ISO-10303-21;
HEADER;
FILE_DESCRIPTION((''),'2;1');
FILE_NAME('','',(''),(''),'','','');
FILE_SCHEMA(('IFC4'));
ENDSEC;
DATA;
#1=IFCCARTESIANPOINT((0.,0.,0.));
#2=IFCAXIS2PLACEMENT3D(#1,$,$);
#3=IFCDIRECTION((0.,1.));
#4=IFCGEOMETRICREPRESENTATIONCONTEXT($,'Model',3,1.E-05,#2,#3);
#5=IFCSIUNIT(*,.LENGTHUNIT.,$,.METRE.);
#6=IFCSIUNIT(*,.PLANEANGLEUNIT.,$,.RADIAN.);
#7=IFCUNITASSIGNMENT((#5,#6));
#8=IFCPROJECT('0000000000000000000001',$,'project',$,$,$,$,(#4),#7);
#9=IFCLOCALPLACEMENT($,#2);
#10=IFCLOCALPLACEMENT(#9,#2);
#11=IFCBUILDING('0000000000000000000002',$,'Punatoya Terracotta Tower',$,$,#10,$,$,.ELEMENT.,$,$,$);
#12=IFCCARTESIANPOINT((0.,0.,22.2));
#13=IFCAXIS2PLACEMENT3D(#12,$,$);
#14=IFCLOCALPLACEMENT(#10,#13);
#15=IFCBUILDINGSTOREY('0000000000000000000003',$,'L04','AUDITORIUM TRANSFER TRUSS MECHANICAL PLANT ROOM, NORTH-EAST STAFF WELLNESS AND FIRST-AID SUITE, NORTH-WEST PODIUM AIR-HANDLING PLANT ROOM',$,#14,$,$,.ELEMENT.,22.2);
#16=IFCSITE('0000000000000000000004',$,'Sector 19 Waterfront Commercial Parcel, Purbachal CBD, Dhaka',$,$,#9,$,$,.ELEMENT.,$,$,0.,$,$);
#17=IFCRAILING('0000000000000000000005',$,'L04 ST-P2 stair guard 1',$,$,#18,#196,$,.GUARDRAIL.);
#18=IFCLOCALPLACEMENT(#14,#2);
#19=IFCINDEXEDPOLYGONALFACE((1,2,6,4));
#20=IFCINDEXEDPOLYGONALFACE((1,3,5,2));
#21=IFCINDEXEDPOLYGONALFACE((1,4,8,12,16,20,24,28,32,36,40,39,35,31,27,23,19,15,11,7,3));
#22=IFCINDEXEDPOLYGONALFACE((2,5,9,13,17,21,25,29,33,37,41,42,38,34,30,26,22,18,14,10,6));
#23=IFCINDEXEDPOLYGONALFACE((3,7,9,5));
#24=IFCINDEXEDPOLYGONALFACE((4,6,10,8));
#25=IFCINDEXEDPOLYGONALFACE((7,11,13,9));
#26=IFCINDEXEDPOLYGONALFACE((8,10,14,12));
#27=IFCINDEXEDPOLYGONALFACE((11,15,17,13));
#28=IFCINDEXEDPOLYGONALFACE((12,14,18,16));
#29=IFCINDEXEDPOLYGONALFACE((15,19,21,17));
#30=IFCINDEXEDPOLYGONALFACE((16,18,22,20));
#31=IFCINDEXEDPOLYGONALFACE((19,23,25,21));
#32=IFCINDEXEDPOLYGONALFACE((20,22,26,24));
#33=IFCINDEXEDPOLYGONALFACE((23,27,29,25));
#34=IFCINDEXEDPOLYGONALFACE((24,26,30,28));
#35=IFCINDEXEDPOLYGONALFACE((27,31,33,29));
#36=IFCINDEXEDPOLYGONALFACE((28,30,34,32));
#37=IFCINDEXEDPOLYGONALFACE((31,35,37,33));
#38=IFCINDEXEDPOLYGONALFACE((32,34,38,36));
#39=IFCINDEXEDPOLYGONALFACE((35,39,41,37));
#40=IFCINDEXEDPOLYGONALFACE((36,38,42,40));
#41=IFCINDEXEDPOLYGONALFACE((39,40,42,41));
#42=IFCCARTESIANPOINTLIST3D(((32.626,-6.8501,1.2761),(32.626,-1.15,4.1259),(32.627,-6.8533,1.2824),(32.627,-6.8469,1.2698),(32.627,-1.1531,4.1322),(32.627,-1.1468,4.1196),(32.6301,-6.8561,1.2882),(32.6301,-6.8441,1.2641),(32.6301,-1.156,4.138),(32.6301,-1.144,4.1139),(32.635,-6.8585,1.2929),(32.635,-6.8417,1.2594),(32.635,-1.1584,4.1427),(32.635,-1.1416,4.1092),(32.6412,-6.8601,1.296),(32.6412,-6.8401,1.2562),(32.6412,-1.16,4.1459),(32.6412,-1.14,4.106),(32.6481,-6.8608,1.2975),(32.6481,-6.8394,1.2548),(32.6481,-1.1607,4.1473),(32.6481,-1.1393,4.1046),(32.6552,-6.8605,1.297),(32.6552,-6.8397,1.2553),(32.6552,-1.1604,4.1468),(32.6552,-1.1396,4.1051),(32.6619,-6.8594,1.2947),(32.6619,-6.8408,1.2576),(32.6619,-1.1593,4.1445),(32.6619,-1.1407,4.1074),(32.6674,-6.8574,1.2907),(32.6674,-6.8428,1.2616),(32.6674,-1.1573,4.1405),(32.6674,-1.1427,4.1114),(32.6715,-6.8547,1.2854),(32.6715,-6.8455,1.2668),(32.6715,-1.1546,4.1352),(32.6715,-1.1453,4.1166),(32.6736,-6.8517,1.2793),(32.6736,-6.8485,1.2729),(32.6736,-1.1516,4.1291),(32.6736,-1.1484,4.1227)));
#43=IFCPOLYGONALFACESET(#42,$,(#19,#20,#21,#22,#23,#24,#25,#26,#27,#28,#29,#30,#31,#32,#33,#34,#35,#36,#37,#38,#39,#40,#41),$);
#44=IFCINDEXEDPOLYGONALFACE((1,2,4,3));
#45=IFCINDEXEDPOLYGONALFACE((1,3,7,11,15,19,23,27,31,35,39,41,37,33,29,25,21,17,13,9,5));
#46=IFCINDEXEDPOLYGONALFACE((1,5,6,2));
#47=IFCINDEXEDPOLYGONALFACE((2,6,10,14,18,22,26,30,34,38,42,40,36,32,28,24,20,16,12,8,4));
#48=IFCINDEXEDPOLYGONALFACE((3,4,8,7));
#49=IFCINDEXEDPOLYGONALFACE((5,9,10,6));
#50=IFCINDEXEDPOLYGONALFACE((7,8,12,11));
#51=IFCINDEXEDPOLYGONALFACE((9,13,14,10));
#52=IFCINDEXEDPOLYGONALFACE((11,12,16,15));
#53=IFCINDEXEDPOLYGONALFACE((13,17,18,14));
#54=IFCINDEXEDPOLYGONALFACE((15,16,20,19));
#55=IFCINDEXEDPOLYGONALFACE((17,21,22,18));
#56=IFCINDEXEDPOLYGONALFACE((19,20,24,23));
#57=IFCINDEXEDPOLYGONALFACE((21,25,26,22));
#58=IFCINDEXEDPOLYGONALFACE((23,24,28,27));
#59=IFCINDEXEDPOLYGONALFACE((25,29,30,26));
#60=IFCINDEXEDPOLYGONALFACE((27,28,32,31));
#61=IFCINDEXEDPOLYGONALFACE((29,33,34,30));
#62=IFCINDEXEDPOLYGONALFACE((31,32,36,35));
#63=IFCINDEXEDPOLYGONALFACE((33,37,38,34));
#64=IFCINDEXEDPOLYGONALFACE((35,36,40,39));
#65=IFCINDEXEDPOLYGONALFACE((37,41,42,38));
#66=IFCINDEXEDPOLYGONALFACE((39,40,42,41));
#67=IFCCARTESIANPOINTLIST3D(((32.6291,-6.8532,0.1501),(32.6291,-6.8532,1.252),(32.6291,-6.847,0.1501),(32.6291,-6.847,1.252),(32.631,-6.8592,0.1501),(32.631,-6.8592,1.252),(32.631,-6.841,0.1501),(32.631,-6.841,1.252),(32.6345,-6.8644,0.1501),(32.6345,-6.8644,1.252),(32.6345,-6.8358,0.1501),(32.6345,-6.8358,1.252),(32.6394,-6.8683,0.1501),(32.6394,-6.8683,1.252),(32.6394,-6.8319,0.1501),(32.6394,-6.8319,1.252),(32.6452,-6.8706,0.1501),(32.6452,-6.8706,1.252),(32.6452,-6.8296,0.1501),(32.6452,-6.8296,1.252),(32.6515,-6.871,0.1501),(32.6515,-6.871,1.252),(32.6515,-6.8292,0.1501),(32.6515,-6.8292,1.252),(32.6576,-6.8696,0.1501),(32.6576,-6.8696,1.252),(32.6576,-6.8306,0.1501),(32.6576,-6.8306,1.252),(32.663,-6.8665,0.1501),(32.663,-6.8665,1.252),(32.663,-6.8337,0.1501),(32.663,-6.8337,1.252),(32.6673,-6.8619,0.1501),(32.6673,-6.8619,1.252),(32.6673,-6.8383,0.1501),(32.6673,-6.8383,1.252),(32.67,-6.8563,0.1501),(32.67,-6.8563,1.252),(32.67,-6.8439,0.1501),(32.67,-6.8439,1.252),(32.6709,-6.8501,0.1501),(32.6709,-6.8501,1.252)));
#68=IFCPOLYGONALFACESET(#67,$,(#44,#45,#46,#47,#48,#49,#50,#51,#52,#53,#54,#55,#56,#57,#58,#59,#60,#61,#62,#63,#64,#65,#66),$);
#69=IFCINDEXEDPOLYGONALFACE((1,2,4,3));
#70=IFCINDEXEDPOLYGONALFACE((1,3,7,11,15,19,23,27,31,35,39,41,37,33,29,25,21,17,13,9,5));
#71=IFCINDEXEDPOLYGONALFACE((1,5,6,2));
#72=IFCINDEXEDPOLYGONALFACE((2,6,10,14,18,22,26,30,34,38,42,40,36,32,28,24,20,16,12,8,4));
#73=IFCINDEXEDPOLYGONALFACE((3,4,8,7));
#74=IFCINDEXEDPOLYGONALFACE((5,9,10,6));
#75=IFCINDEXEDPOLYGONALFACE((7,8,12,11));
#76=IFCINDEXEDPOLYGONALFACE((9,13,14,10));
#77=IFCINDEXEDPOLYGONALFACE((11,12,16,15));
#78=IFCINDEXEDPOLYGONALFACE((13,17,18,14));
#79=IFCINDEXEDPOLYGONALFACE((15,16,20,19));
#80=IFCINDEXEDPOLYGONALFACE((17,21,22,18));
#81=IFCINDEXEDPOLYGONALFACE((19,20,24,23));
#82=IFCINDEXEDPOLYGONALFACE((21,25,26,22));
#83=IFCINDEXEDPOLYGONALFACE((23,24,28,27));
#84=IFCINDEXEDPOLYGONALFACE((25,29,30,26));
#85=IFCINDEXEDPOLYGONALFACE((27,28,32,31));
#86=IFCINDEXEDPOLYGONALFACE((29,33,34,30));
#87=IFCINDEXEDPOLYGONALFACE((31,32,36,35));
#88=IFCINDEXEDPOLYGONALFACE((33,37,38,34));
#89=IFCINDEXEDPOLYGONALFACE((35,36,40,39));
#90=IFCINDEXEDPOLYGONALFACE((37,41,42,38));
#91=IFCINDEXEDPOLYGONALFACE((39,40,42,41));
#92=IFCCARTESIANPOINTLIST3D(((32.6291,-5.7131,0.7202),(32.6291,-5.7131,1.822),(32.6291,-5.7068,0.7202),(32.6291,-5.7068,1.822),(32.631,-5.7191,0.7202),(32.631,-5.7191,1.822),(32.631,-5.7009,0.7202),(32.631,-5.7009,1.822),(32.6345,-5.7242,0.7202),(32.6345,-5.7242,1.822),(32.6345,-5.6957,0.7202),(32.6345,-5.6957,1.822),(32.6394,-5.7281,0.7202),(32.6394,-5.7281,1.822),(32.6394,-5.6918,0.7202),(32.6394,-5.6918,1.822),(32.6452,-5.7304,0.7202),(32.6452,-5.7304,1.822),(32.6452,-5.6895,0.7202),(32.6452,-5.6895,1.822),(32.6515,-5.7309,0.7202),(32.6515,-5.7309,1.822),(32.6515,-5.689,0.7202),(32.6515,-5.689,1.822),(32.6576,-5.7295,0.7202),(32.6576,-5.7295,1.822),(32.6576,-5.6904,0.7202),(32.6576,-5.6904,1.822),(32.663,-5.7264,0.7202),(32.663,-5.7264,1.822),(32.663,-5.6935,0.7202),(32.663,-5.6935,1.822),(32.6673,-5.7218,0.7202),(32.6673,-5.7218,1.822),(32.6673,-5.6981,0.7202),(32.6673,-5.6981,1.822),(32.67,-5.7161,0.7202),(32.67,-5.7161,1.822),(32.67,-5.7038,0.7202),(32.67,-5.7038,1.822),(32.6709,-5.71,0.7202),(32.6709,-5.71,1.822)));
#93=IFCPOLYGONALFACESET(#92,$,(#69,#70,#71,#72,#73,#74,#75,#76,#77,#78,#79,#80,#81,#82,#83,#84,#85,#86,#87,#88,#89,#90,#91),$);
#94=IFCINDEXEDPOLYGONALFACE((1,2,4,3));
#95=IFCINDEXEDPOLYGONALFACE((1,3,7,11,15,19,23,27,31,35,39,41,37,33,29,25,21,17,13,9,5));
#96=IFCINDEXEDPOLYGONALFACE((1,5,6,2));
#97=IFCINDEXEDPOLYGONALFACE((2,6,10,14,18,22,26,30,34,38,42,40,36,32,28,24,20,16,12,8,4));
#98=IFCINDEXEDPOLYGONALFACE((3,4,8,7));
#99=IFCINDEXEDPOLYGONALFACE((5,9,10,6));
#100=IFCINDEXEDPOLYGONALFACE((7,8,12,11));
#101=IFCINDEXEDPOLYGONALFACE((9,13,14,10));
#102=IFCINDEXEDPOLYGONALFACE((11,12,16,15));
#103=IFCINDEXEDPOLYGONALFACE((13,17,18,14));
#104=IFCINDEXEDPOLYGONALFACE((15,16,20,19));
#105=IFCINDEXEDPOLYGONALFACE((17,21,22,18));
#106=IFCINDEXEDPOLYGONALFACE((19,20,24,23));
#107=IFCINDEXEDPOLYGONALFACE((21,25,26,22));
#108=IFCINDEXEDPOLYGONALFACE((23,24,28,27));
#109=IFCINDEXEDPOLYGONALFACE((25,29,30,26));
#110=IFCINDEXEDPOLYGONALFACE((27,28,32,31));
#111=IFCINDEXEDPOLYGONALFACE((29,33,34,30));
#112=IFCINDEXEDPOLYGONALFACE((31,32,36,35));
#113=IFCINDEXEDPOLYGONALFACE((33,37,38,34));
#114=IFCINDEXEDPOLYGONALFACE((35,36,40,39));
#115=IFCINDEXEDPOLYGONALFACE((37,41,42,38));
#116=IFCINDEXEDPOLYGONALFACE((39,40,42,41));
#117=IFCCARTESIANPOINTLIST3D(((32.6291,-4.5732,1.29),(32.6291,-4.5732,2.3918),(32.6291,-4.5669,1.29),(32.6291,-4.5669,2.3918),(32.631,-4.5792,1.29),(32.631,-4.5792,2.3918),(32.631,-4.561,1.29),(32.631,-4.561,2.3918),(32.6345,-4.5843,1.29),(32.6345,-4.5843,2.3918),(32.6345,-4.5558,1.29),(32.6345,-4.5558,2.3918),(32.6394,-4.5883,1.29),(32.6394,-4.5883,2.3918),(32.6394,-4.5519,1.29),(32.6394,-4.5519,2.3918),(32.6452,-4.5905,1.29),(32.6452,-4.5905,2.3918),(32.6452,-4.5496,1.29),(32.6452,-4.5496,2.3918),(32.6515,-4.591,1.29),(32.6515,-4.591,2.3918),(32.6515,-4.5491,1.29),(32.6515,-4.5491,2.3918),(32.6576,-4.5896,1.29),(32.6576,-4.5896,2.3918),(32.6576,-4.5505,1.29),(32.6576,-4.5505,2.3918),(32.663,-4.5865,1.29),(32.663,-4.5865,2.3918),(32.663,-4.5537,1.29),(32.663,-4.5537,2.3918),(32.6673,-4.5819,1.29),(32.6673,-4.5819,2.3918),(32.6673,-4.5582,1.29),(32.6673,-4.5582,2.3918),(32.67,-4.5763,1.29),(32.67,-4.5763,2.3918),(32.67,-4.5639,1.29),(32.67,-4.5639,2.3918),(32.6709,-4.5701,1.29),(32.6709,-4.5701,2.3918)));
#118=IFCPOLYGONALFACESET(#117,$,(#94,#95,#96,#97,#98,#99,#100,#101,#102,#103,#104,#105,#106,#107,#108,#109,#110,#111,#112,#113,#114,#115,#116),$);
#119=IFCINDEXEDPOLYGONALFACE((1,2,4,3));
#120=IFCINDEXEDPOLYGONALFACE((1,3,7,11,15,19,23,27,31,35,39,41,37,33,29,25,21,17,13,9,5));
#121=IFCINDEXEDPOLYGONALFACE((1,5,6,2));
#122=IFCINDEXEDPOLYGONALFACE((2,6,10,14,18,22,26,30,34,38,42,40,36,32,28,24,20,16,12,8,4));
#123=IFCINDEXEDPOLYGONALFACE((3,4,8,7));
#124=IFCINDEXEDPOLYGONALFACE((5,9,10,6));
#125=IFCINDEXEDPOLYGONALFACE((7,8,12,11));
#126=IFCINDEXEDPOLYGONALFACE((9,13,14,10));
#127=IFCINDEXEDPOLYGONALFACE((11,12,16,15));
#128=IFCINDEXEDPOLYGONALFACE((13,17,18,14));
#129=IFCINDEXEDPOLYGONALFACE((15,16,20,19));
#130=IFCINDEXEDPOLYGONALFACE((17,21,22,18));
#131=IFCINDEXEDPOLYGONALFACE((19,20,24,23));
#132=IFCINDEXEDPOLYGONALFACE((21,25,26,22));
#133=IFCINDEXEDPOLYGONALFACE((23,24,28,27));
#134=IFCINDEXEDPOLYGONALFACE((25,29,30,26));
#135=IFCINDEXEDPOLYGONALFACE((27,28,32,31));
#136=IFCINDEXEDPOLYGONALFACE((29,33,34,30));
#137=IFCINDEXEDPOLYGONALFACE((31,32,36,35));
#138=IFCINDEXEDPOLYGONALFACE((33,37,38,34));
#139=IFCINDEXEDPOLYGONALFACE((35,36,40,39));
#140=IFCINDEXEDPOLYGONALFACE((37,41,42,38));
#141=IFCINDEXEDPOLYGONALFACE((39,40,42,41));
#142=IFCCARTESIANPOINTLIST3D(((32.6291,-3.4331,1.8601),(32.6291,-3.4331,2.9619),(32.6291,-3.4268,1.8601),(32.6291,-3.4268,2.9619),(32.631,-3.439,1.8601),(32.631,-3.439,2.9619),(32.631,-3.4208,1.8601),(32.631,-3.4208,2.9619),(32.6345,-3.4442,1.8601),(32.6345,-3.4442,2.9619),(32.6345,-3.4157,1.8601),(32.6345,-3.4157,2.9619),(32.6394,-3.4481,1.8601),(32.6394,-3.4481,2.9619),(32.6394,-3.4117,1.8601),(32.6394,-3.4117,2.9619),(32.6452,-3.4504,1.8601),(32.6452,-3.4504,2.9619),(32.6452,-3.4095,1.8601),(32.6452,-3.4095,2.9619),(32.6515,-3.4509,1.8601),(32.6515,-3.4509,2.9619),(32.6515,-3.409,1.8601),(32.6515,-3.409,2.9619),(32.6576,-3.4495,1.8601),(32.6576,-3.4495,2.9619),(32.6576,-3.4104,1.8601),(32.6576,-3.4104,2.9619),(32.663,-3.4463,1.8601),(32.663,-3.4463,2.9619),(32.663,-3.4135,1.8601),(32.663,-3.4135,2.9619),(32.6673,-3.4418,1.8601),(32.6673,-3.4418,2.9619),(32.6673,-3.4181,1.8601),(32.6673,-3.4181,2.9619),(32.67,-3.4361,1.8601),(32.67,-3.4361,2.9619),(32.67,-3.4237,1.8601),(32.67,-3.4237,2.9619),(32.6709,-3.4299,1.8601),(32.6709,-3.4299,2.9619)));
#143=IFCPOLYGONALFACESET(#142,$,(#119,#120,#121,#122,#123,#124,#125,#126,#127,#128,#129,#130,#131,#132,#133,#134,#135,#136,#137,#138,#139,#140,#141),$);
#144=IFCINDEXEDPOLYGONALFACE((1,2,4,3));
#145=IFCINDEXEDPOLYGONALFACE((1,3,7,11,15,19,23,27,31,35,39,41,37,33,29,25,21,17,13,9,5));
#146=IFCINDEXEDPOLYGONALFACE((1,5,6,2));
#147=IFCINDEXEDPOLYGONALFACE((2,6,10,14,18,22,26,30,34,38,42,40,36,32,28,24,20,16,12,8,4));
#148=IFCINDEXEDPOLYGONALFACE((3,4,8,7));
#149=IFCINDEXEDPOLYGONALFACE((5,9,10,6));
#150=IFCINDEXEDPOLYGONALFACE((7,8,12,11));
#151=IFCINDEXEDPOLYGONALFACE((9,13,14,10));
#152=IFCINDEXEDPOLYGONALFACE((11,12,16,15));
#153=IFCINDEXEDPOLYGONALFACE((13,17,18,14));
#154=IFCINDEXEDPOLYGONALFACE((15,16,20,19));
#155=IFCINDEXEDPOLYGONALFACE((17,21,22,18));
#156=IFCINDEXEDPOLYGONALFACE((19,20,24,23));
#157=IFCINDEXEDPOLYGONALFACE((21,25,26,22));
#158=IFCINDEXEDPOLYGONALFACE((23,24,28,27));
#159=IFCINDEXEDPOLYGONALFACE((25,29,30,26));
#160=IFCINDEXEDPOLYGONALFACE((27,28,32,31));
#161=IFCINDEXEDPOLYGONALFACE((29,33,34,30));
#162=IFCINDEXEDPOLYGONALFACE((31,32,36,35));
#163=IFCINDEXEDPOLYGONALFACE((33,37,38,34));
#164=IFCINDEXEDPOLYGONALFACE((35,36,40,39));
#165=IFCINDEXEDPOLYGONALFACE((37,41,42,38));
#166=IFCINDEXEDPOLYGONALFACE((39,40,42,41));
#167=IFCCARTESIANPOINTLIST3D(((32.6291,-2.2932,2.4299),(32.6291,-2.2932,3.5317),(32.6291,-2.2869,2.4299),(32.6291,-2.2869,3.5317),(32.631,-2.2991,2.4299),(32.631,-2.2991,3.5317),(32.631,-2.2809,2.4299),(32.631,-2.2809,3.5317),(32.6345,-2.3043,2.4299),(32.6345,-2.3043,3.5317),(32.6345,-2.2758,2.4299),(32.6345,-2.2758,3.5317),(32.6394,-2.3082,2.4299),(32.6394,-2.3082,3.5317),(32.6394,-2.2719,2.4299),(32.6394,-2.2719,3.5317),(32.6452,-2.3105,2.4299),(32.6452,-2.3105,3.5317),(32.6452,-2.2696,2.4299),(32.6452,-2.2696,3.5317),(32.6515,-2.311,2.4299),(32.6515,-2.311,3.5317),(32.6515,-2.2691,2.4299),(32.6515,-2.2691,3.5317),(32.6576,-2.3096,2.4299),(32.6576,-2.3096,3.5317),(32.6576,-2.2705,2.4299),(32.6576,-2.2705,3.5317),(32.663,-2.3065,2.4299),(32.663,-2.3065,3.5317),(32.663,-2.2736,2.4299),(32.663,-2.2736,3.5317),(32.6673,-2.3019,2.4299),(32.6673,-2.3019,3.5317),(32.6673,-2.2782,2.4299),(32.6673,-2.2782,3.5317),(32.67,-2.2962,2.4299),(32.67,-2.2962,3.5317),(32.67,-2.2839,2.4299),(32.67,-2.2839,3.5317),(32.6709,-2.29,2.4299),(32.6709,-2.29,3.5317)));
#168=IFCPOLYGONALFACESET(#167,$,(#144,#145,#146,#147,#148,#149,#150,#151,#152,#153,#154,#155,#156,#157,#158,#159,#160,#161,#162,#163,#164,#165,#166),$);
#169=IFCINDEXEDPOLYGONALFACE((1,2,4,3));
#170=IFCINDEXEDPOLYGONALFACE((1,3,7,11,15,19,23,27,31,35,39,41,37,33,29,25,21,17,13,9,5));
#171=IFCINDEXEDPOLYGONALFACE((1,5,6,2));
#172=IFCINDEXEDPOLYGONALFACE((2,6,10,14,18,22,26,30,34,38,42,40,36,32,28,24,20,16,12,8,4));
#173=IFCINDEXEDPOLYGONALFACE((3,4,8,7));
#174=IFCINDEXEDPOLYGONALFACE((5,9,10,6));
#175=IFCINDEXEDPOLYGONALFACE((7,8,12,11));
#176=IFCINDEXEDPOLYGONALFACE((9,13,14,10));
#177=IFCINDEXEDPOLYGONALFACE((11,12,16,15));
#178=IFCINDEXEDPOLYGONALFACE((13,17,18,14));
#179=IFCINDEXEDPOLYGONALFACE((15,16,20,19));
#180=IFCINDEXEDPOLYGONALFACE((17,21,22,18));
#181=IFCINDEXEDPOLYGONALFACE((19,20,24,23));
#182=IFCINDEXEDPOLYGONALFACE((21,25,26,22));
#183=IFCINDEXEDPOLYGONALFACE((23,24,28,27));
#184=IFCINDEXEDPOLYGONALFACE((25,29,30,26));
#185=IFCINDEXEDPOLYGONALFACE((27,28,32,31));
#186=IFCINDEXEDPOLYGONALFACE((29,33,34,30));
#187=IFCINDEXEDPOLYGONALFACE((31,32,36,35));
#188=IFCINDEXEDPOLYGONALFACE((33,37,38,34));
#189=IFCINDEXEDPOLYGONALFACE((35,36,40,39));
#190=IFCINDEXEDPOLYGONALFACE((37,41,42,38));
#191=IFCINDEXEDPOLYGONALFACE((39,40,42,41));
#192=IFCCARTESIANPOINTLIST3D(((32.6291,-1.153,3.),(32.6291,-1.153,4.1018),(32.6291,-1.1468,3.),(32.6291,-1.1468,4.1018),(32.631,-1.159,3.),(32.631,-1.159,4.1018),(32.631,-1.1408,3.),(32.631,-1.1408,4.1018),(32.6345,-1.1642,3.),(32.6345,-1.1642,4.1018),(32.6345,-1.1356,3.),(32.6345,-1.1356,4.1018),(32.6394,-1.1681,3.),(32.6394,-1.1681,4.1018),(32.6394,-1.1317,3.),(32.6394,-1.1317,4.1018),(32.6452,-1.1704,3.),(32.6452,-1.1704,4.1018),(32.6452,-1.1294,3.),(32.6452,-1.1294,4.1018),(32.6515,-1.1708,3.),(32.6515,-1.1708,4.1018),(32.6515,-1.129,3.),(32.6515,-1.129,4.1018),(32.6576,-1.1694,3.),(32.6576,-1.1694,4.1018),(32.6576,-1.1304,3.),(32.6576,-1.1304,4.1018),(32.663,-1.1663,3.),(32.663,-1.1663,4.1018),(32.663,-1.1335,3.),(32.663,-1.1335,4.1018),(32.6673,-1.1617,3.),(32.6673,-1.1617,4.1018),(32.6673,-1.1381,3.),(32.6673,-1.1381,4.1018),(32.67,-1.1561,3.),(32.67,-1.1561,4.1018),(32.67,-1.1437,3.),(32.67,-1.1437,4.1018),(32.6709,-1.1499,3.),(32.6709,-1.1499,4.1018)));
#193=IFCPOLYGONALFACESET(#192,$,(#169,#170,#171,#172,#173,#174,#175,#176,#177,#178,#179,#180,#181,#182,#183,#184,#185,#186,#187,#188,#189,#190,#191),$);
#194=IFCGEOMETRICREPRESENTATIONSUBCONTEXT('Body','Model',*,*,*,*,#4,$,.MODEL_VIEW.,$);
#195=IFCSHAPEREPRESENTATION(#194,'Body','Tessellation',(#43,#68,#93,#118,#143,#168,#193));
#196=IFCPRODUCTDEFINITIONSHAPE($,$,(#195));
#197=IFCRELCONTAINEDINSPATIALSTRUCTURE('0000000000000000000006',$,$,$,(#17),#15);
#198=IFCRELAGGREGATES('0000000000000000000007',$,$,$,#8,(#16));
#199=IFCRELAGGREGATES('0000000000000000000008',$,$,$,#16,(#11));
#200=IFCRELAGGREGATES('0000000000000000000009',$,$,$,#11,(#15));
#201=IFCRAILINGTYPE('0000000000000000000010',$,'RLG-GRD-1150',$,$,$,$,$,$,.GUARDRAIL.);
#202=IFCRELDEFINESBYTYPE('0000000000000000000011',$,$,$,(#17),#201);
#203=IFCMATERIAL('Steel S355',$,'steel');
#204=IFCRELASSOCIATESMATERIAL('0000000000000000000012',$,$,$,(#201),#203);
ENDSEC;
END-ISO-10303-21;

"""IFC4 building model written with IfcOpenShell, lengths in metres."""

from ifc_helpers import new_model, si_unit, direction, frame, origin, origin_2d, place, context, subcontext, project, spatial, circle, extrude, material, type_object, element, save


model = new_model("IFC4")

# Units and contexts
model_context = context("Model", 3, precision=1e-05, world=origin(), true_north=direction((0.0, 1.0)))
body_context = subcontext(model_context, "Body", "Model", "MODEL_VIEW")
ifc_project = project(units=[si_unit("LENGTHUNIT", "METRE"), si_unit("PLANEANGLEUNIT", "RADIAN")], contexts=[model_context])

# Site, building, storey
site_placement = place(None, origin())
site = spatial("IfcSite", under=ifc_project, at=site_placement, Name="Sector 19 Waterfront Commercial Parcel, Purbachal CBD, Dhaka", CompositionType="ELEMENT", RefElevation=0.0)
building_placement = place(site_placement, origin())
building = spatial("IfcBuilding", under=site, at=building_placement, Name="Punatoya Terracotta Tower", CompositionType="ELEMENT")
storey_placement = place(building_placement, frame((0.0, 0.0, 22.2)))
storey = spatial("IfcBuildingStorey", under=building, at=storey_placement, Name="L04", Description="AUDITORIUM TRANSFER TRUSS MECHANICAL PLANT ROOM, NORTH-EAST STAFF WELLNESS AND FIRST-AID SUITE, NORTH-WEST PODIUM AIR-HANDLING PLANT ROOM", CompositionType="ELEMENT", Elevation=22.2)

# Shared definitions
ifc_material_1 = material(Name="Steel S355", Category="steel")

# Railing
railing_type_1 = type_object("IfcRailingType", Name="RLG-GRD-1150", PredefinedType="GUARDRAIL", material=ifc_material_1)
railing_1_placement = place(storey_placement, frame((32.6499, -6.8501, 0.1501)))
element("IfcRailing", 1, at=railing_1_placement, inside=storey, type_object=railing_type_1, Name="L04 ST-P2 stair guard 1", PredefinedType="GUARDRAIL", context=body_context, shape_type="SweptSolid", body=[
    extrude(circle(Radius=0.0239, at=origin_2d()), frame((0.0, 0.0, 1.126), z_axis=(0.0, 0.894443, 0.447183), x_axis=(-1.0, 0.0, 0.0)), (0.0, 0.0, 1.0), 6.3728),
    extrude(circle(Radius=0.021, at=origin_2d()), origin(), (0.0, 0.0, 1.0), 1.1018),
    extrude(circle(Radius=0.021, at=origin_2d()), frame((0.0, 1.1401, 0.5701)), (0.0, 0.0, 1.0), 1.1018),
    extrude(circle(Radius=0.021, at=origin_2d()), frame((0.0, 2.28, 1.1399)), (0.0, 0.0, 1.0), 1.1018),
    extrude(circle(Radius=0.021, at=origin_2d()), frame((0.0, 3.4202, 1.71)), (0.0, 0.0, 1.0), 1.1018),
    extrude(circle(Radius=0.021, at=origin_2d()), frame((0.0, 4.5601, 2.2798)), (0.0, 0.0, 1.0), 1.1018),
    extrude(circle(Radius=0.021, at=origin_2d()), frame((0.0, 5.7002, 2.8499)), (0.0, 0.0, 1.0), 1.1018),
])

save(model, "model.ifc")
